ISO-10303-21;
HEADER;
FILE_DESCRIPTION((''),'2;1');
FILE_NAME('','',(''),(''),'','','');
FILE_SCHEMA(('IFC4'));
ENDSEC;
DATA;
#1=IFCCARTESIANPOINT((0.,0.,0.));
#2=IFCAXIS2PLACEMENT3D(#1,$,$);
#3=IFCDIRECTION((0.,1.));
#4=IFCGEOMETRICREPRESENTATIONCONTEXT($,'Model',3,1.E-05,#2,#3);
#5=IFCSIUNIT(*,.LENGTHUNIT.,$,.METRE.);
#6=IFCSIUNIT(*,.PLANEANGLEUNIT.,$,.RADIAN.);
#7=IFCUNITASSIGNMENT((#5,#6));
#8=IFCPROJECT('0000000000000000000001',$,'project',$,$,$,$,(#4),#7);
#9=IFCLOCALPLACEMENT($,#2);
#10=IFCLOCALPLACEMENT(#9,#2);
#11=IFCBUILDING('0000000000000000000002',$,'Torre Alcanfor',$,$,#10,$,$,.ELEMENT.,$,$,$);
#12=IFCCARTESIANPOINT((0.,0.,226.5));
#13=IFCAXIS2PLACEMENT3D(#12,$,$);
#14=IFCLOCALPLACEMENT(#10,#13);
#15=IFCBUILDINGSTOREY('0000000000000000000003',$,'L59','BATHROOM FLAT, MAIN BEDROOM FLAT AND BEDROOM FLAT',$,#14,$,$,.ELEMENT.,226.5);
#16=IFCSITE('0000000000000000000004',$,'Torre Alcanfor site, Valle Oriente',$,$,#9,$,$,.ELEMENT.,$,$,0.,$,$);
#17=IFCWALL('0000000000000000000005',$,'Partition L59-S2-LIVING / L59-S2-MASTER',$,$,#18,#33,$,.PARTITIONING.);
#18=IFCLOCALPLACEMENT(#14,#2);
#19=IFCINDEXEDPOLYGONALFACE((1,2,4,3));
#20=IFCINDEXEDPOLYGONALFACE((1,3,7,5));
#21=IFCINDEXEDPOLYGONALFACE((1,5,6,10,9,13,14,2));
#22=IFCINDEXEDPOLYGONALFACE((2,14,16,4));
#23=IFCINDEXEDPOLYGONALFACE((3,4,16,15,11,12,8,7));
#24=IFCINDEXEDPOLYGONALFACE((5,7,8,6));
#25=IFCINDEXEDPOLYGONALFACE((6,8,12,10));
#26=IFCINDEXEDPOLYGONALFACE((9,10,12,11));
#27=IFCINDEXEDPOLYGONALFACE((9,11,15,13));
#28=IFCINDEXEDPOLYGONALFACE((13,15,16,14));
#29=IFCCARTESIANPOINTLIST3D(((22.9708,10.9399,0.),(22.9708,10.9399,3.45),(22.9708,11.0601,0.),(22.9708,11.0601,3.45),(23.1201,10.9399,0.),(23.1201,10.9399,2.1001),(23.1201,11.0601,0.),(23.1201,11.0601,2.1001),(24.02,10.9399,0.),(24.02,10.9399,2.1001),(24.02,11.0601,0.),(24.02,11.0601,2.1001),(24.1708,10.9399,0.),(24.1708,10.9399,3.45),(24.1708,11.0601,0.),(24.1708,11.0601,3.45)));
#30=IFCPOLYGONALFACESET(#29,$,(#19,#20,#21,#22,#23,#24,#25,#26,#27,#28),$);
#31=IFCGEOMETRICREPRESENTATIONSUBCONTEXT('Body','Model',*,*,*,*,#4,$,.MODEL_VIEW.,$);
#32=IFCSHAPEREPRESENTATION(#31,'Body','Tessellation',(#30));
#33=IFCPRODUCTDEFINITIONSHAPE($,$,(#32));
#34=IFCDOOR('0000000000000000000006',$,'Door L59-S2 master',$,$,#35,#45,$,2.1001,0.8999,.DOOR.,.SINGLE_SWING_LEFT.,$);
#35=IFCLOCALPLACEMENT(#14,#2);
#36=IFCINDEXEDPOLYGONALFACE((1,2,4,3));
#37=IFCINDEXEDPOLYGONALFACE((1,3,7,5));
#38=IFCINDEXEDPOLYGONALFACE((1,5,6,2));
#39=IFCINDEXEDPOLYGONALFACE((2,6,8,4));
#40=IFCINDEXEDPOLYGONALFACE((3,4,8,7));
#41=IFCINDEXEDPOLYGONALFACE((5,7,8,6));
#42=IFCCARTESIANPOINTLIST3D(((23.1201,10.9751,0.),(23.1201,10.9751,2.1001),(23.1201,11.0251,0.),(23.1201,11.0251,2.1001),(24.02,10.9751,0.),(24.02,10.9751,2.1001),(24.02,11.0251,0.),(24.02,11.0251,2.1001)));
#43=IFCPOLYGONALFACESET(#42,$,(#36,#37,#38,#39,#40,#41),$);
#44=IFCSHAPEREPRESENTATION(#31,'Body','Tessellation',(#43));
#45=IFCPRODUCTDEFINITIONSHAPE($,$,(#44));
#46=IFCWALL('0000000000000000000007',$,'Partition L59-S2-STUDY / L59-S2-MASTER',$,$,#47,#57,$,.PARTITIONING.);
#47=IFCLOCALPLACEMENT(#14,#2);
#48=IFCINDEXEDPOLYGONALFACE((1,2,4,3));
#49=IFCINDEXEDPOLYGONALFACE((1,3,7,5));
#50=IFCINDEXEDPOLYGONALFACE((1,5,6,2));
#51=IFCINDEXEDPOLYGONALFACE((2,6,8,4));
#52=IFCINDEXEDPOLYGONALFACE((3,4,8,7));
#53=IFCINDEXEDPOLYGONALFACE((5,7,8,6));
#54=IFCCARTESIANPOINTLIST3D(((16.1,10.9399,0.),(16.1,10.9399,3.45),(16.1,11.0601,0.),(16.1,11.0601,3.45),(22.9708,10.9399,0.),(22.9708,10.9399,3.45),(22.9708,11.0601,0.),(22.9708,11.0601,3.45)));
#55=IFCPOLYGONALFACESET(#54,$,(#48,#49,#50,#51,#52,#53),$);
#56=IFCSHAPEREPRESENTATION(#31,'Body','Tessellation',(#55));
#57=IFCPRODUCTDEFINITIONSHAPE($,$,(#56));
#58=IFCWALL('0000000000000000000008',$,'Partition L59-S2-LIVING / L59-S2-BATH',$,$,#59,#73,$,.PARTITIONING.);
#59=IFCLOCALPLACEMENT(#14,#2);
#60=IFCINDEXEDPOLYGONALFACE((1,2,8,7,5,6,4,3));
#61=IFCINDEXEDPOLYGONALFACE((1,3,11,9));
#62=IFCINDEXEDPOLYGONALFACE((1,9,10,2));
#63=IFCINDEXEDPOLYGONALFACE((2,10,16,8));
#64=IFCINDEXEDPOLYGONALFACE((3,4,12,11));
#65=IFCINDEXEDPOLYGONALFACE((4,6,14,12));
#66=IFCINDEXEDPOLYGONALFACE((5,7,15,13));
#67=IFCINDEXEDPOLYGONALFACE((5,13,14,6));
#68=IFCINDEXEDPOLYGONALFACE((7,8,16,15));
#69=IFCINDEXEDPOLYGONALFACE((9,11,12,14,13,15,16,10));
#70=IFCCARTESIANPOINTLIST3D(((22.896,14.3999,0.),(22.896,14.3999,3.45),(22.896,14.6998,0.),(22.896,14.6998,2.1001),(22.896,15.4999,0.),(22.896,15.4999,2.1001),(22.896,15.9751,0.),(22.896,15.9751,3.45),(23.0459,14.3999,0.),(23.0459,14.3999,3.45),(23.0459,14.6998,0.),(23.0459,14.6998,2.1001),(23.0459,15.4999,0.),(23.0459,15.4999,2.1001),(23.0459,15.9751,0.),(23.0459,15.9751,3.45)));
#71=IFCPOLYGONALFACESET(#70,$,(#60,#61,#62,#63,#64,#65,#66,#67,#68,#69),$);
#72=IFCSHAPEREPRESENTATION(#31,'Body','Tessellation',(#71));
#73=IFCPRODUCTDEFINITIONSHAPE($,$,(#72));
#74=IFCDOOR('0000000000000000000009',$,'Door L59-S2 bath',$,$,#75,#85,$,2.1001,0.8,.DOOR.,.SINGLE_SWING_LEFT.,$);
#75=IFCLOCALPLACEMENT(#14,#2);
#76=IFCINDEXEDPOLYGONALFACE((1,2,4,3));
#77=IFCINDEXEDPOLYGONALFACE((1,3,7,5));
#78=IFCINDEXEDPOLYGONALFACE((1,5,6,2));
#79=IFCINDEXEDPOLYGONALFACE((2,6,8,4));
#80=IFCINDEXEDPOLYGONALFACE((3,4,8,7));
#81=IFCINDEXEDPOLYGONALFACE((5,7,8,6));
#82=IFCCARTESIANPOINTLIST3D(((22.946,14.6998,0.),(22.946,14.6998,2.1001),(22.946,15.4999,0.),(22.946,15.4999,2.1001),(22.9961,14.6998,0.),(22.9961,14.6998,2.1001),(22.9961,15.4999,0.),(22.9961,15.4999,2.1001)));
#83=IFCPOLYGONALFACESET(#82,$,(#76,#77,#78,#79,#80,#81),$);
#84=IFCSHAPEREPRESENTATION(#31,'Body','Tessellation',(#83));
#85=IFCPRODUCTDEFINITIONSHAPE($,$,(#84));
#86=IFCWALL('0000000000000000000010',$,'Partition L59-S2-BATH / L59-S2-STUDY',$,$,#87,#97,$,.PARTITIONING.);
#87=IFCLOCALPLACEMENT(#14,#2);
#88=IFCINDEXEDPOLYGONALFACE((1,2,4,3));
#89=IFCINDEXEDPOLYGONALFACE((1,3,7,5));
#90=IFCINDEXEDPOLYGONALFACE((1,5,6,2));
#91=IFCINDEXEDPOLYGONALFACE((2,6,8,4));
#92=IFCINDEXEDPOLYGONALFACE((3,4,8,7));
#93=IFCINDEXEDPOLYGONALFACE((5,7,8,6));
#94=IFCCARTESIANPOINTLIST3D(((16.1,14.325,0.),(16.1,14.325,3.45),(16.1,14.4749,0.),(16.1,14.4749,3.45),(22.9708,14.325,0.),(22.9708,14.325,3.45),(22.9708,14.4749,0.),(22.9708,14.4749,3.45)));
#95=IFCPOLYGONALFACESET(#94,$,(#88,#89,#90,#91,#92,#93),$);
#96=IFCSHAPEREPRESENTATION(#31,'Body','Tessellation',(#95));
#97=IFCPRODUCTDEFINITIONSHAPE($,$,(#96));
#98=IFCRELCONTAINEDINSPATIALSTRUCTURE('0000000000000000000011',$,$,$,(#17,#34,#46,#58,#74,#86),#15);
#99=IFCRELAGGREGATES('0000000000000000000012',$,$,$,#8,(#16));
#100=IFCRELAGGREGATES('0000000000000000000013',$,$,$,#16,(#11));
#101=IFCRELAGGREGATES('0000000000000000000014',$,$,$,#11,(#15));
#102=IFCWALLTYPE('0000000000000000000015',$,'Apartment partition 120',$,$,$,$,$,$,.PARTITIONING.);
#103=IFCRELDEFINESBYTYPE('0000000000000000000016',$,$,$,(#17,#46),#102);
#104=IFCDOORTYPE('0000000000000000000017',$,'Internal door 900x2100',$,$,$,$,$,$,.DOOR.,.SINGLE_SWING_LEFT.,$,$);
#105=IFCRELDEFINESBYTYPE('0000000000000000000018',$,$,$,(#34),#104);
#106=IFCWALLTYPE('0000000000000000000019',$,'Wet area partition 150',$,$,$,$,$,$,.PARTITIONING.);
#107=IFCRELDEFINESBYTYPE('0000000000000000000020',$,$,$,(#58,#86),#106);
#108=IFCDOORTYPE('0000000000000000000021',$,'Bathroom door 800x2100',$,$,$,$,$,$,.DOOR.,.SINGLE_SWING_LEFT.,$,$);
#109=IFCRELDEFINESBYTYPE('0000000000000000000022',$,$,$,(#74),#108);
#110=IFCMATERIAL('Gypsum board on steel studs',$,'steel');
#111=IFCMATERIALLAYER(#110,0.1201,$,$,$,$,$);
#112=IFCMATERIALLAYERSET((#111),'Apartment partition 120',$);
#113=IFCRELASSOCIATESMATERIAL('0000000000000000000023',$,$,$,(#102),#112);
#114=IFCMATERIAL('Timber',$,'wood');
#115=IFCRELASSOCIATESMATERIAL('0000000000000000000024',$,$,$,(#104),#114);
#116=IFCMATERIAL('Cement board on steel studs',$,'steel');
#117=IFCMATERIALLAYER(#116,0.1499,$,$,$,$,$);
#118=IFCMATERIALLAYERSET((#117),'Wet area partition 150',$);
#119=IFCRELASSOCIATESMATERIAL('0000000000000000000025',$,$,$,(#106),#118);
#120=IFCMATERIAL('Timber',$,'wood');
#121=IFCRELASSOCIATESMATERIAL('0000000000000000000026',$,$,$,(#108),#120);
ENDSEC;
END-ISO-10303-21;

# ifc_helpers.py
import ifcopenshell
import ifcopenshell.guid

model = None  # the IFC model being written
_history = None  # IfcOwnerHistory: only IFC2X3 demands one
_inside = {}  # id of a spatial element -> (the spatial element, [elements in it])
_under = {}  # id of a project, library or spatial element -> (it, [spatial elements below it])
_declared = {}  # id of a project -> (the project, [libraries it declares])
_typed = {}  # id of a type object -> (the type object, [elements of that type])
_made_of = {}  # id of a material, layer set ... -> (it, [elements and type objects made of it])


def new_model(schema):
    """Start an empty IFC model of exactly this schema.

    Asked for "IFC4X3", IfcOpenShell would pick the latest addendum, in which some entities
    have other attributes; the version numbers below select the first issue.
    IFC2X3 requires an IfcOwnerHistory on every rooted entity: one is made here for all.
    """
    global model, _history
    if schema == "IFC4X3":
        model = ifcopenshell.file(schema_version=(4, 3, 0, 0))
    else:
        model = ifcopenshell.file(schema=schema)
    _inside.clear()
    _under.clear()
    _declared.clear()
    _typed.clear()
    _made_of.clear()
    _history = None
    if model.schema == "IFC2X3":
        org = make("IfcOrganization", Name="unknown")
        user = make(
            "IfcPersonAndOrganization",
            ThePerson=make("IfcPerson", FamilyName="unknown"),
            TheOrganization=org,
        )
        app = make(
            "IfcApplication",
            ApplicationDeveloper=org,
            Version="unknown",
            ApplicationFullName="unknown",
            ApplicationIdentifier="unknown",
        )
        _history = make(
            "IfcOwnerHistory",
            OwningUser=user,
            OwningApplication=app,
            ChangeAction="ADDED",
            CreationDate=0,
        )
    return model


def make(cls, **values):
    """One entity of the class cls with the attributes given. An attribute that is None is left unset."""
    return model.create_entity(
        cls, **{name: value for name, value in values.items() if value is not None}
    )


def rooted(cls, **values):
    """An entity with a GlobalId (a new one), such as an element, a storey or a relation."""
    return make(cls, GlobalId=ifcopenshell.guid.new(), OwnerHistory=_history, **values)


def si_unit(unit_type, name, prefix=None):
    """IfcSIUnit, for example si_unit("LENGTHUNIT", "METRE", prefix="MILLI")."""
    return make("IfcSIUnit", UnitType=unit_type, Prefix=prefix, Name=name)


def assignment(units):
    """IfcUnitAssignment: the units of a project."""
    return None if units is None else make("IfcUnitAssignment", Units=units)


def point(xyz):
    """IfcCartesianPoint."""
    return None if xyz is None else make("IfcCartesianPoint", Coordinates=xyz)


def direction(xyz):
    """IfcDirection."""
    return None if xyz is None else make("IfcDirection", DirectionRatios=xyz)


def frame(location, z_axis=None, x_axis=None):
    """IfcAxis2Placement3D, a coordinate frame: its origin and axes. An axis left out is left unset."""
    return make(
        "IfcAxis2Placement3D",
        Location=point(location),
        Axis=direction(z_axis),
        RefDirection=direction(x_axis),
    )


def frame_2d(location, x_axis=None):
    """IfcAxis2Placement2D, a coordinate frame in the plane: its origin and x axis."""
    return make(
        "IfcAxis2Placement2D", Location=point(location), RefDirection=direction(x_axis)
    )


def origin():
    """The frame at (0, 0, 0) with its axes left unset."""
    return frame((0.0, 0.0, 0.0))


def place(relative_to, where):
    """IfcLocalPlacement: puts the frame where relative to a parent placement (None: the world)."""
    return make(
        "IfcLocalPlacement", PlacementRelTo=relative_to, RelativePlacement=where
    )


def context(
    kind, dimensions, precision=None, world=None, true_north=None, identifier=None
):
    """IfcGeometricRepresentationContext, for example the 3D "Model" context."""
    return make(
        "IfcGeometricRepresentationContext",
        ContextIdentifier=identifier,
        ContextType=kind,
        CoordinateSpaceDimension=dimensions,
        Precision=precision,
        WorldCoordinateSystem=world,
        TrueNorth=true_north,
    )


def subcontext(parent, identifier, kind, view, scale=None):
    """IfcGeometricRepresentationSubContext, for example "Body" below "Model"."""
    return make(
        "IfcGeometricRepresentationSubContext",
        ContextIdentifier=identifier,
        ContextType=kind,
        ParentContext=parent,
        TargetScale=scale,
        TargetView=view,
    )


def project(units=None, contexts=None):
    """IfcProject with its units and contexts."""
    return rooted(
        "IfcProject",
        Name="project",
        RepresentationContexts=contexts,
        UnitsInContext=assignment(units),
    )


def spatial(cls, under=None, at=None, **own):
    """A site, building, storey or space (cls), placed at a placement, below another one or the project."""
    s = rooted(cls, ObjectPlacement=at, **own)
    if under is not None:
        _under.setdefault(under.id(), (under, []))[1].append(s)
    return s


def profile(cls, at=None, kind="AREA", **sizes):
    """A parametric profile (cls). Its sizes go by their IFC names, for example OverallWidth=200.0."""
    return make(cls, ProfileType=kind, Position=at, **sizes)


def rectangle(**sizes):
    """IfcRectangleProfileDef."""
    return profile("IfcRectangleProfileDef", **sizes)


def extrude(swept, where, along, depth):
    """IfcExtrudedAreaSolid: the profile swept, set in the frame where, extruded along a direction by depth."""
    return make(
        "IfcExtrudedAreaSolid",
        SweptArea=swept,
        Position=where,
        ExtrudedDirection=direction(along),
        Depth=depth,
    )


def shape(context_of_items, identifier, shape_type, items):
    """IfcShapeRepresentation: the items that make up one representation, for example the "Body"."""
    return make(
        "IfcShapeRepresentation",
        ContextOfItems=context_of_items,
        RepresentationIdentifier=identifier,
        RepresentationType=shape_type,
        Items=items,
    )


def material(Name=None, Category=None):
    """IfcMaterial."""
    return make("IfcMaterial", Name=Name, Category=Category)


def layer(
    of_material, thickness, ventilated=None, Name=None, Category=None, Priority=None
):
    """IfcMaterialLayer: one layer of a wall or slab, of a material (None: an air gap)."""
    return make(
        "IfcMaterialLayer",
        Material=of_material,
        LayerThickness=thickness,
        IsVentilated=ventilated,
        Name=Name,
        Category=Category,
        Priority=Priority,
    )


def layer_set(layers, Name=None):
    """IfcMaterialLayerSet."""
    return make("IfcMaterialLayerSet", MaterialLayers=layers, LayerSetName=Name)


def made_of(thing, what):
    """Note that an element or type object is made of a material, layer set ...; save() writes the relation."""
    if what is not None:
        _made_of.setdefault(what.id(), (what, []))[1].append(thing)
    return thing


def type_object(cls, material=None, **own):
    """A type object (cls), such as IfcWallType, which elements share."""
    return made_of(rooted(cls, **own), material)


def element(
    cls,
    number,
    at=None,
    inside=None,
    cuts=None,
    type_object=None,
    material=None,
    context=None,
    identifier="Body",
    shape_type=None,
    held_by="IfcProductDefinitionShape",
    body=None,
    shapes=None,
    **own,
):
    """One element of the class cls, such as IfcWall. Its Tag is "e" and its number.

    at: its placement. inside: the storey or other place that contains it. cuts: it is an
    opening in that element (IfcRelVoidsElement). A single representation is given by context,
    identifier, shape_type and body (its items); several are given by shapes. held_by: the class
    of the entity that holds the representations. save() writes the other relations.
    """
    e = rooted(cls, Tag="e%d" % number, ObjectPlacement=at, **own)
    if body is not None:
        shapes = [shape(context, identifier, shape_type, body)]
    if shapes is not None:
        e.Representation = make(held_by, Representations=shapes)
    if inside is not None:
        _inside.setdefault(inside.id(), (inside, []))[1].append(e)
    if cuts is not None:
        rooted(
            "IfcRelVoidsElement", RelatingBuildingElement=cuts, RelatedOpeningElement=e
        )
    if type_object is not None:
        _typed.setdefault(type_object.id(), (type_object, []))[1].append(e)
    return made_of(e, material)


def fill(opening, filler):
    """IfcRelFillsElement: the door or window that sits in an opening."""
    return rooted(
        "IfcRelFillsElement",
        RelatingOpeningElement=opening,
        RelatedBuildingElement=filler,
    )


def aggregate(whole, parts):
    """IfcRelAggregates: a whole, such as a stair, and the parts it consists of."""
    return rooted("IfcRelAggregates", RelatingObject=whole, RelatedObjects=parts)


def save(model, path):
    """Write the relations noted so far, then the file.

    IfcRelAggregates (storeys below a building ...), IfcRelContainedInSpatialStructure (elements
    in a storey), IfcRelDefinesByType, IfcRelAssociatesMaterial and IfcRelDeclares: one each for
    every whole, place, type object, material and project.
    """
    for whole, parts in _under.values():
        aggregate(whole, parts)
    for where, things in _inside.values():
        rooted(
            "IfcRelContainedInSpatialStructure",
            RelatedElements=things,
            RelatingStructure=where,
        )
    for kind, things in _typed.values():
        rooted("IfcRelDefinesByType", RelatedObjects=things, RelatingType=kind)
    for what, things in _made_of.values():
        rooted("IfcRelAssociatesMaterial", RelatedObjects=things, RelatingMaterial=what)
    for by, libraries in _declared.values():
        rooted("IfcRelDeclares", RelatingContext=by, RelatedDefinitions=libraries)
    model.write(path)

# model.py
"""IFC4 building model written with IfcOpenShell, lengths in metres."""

from ifc_helpers import new_model, si_unit, direction, frame, frame_2d, origin, place, context, subcontext, project, spatial, rectangle, extrude, material, layer, layer_set, type_object, element, fill, save


model = new_model("IFC4")

# Units and contexts
model_context = context("Model", 3, precision=1e-05, world=origin(), true_north=direction((0.0, 1.0)))
body_context = subcontext(model_context, "Body", "Model", "MODEL_VIEW")
ifc_project = project(units=[si_unit("LENGTHUNIT", "METRE"), si_unit("PLANEANGLEUNIT", "RADIAN")], contexts=[model_context])

# Site, building, storey
site_placement = place(None, origin())
site = spatial("IfcSite", under=ifc_project, at=site_placement, Name="Torre Alcanfor site, Valle Oriente", CompositionType="ELEMENT", RefElevation=0.0)
building_placement = place(site_placement, origin())
building = spatial("IfcBuilding", under=site, at=building_placement, Name="Torre Alcanfor", CompositionType="ELEMENT")
storey_placement = place(building_placement, frame((0.0, 0.0, 226.5)))
storey = spatial("IfcBuildingStorey", under=building, at=storey_placement, Name="L59", Description="BATHROOM FLAT, MAIN BEDROOM FLAT AND BEDROOM FLAT", CompositionType="ELEMENT", Elevation=226.5)

# Shared definitions
ifc_material_1 = material(Name="Gypsum board on steel studs", Category="steel")
ifc_layer_1 = layer(ifc_material_1, 0.1201)
ifc_layer_set_1 = layer_set([ifc_layer_1], Name="Apartment partition 120")
wall_type_1 = type_object("IfcWallType", Name="Apartment partition 120", PredefinedType="PARTITIONING", material=ifc_layer_set_1)
ifc_material_2 = material(Name="Timber", Category="wood")
door_type_1 = type_object("IfcDoorType", Name="Internal door 900x2100", OperationType="SINGLE_SWING_LEFT", PredefinedType="DOOR", material=ifc_material_2)

# Wall, opening, door
wall_1_placement = place(storey_placement, frame((24.1709, 11.0, 0.0), z_axis=(0.0, 0.0, 1.0), x_axis=(-1.0, 0.0, 0.0)))
wall_1 = element("IfcWall", 1, at=wall_1_placement, inside=storey, type_object=wall_type_1, Name="Partition L59-S2-LIVING / L59-S2-MASTER", PredefinedType="PARTITIONING", context=body_context, shape_type="SweptSolid", body=[
    extrude(rectangle(XDim=1.2, YDim=0.1201, at=frame_2d((0.6001, 0.0))), origin(), (0.0, 0.0, 1.0), 3.45),
])
opening_1_placement = place(wall_1_placement, frame((0.1509, 0.0, 0.0)))
opening_1 = element("IfcOpeningElement", 2, at=opening_1_placement, cuts=wall_1, PredefinedType="OPENING", context=body_context, shape_type="SweptSolid", body=[
    extrude(rectangle(XDim=0.8999, YDim=2.1001, at=frame_2d((0.45, 1.05))), frame((0.0, 0.0701, 0.0), z_axis=(0.0, -1.0, 0.0), x_axis=(1.0, 0.0, 0.0)), (0.0, 0.0, 1.0), 0.1401),
])
door_1_placement = place(opening_1_placement, origin())
door_1 = element("IfcDoor", 3, at=door_1_placement, inside=storey, type_object=door_type_1, Name="Door L59-S2 master", OperationType="SINGLE_SWING_LEFT", OverallHeight=2.1001, OverallWidth=0.8999, PredefinedType="DOOR", context=body_context, shape_type="SweptSolid", body=[
    extrude(rectangle(XDim=0.8999, YDim=2.1001, at=frame_2d((0.45, 1.05))), frame((0.0, 0.0249, 0.0), z_axis=(0.0, -1.0, 0.0), x_axis=(1.0, 0.0, 0.0)), (0.0, 0.0, 1.0), 0.05),
])
fill(opening_1, door_1)

# Wall
wall_2_placement = place(storey_placement, frame((22.9709, 11.0, 0.0), z_axis=(0.0, 0.0, 1.0), x_axis=(-1.0, 0.0, 0.0)))
element("IfcWall", 4, at=wall_2_placement, inside=storey, type_object=wall_type_1, Name="Partition L59-S2-STUDY / L59-S2-MASTER", PredefinedType="PARTITIONING", context=body_context, shape_type="SweptSolid", body=[
    extrude(rectangle(XDim=6.8708, YDim=0.1201, at=frame_2d((3.4355, 0.0))), origin(), (0.0, 0.0, 1.0), 3.45),
])

# Wall, opening, door
ifc_material_3 = material(Name="Cement board on steel studs", Category="steel")
ifc_layer_2 = layer(ifc_material_3, 0.1499)
ifc_layer_set_2 = layer_set([ifc_layer_2], Name="Wet area partition 150")
wall_type_2 = type_object("IfcWallType", Name="Wet area partition 150", PredefinedType="PARTITIONING", material=ifc_layer_set_2)
wall_3_placement = place(storey_placement, frame((22.9709, 14.3999, 0.0), z_axis=(0.0, 0.0, 1.0), x_axis=(0.0, 1.0, 0.0)))
wall_3 = element("IfcWall", 5, at=wall_3_placement, inside=storey, type_object=wall_type_2, Name="Partition L59-S2-LIVING / L59-S2-BATH", PredefinedType="PARTITIONING", context=body_context, shape_type="SweptSolid", body=[
    extrude(rectangle(XDim=1.5752, YDim=0.1499, at=frame_2d((0.7876, 0.0))), origin(), (0.0, 0.0, 1.0), 3.45),
])
opening_2_placement = place(wall_3_placement, frame((0.3, 0.0, 0.0)))
opening_2 = element("IfcOpeningElement", 6, at=opening_2_placement, cuts=wall_3, PredefinedType="OPENING", context=body_context, shape_type="SweptSolid", body=[
    extrude(rectangle(XDim=0.8, YDim=2.1001, at=frame_2d((0.3999, 1.05))), frame((0.0, 0.085, 0.0), z_axis=(0.0, -1.0, 0.0), x_axis=(1.0, 0.0, 0.0)), (0.0, 0.0, 1.0), 0.1699),
])
ifc_material_4 = material(Name="Timber", Category="wood")
door_type_2 = type_object("IfcDoorType", Name="Bathroom door 800x2100", OperationType="SINGLE_SWING_LEFT", PredefinedType="DOOR", material=ifc_material_4)
door_2_placement = place(opening_2_placement, origin())
door_2 = element("IfcDoor", 7, at=door_2_placement, inside=storey, type_object=door_type_2, Name="Door L59-S2 bath", OperationType="SINGLE_SWING_LEFT", OverallHeight=2.1001, OverallWidth=0.8, PredefinedType="DOOR", context=body_context, shape_type="SweptSolid", body=[
    extrude(rectangle(XDim=0.8, YDim=2.1001, at=frame_2d((0.3999, 1.05))), frame((0.0, 0.0249, 0.0), z_axis=(0.0, -1.0, 0.0), x_axis=(1.0, 0.0, 0.0)), (0.0, 0.0, 1.0), 0.05),
])
fill(opening_2, door_2)

# Wall
wall_4_placement = place(storey_placement, frame((22.9709, 14.3999, 0.0), z_axis=(0.0, 0.0, 1.0), x_axis=(-1.0, 0.0, 0.0)))
element("IfcWall", 8, at=wall_4_placement, inside=storey, type_object=wall_type_2, Name="Partition L59-S2-BATH / L59-S2-STUDY", PredefinedType="PARTITIONING", context=body_context, shape_type="SweptSolid", body=[
    extrude(rectangle(XDim=6.8708, YDim=0.1499, at=frame_2d((3.4355, 0.0))), origin(), (0.0, 0.0, 1.0), 3.45),
])

save(model, "model.ifc")
